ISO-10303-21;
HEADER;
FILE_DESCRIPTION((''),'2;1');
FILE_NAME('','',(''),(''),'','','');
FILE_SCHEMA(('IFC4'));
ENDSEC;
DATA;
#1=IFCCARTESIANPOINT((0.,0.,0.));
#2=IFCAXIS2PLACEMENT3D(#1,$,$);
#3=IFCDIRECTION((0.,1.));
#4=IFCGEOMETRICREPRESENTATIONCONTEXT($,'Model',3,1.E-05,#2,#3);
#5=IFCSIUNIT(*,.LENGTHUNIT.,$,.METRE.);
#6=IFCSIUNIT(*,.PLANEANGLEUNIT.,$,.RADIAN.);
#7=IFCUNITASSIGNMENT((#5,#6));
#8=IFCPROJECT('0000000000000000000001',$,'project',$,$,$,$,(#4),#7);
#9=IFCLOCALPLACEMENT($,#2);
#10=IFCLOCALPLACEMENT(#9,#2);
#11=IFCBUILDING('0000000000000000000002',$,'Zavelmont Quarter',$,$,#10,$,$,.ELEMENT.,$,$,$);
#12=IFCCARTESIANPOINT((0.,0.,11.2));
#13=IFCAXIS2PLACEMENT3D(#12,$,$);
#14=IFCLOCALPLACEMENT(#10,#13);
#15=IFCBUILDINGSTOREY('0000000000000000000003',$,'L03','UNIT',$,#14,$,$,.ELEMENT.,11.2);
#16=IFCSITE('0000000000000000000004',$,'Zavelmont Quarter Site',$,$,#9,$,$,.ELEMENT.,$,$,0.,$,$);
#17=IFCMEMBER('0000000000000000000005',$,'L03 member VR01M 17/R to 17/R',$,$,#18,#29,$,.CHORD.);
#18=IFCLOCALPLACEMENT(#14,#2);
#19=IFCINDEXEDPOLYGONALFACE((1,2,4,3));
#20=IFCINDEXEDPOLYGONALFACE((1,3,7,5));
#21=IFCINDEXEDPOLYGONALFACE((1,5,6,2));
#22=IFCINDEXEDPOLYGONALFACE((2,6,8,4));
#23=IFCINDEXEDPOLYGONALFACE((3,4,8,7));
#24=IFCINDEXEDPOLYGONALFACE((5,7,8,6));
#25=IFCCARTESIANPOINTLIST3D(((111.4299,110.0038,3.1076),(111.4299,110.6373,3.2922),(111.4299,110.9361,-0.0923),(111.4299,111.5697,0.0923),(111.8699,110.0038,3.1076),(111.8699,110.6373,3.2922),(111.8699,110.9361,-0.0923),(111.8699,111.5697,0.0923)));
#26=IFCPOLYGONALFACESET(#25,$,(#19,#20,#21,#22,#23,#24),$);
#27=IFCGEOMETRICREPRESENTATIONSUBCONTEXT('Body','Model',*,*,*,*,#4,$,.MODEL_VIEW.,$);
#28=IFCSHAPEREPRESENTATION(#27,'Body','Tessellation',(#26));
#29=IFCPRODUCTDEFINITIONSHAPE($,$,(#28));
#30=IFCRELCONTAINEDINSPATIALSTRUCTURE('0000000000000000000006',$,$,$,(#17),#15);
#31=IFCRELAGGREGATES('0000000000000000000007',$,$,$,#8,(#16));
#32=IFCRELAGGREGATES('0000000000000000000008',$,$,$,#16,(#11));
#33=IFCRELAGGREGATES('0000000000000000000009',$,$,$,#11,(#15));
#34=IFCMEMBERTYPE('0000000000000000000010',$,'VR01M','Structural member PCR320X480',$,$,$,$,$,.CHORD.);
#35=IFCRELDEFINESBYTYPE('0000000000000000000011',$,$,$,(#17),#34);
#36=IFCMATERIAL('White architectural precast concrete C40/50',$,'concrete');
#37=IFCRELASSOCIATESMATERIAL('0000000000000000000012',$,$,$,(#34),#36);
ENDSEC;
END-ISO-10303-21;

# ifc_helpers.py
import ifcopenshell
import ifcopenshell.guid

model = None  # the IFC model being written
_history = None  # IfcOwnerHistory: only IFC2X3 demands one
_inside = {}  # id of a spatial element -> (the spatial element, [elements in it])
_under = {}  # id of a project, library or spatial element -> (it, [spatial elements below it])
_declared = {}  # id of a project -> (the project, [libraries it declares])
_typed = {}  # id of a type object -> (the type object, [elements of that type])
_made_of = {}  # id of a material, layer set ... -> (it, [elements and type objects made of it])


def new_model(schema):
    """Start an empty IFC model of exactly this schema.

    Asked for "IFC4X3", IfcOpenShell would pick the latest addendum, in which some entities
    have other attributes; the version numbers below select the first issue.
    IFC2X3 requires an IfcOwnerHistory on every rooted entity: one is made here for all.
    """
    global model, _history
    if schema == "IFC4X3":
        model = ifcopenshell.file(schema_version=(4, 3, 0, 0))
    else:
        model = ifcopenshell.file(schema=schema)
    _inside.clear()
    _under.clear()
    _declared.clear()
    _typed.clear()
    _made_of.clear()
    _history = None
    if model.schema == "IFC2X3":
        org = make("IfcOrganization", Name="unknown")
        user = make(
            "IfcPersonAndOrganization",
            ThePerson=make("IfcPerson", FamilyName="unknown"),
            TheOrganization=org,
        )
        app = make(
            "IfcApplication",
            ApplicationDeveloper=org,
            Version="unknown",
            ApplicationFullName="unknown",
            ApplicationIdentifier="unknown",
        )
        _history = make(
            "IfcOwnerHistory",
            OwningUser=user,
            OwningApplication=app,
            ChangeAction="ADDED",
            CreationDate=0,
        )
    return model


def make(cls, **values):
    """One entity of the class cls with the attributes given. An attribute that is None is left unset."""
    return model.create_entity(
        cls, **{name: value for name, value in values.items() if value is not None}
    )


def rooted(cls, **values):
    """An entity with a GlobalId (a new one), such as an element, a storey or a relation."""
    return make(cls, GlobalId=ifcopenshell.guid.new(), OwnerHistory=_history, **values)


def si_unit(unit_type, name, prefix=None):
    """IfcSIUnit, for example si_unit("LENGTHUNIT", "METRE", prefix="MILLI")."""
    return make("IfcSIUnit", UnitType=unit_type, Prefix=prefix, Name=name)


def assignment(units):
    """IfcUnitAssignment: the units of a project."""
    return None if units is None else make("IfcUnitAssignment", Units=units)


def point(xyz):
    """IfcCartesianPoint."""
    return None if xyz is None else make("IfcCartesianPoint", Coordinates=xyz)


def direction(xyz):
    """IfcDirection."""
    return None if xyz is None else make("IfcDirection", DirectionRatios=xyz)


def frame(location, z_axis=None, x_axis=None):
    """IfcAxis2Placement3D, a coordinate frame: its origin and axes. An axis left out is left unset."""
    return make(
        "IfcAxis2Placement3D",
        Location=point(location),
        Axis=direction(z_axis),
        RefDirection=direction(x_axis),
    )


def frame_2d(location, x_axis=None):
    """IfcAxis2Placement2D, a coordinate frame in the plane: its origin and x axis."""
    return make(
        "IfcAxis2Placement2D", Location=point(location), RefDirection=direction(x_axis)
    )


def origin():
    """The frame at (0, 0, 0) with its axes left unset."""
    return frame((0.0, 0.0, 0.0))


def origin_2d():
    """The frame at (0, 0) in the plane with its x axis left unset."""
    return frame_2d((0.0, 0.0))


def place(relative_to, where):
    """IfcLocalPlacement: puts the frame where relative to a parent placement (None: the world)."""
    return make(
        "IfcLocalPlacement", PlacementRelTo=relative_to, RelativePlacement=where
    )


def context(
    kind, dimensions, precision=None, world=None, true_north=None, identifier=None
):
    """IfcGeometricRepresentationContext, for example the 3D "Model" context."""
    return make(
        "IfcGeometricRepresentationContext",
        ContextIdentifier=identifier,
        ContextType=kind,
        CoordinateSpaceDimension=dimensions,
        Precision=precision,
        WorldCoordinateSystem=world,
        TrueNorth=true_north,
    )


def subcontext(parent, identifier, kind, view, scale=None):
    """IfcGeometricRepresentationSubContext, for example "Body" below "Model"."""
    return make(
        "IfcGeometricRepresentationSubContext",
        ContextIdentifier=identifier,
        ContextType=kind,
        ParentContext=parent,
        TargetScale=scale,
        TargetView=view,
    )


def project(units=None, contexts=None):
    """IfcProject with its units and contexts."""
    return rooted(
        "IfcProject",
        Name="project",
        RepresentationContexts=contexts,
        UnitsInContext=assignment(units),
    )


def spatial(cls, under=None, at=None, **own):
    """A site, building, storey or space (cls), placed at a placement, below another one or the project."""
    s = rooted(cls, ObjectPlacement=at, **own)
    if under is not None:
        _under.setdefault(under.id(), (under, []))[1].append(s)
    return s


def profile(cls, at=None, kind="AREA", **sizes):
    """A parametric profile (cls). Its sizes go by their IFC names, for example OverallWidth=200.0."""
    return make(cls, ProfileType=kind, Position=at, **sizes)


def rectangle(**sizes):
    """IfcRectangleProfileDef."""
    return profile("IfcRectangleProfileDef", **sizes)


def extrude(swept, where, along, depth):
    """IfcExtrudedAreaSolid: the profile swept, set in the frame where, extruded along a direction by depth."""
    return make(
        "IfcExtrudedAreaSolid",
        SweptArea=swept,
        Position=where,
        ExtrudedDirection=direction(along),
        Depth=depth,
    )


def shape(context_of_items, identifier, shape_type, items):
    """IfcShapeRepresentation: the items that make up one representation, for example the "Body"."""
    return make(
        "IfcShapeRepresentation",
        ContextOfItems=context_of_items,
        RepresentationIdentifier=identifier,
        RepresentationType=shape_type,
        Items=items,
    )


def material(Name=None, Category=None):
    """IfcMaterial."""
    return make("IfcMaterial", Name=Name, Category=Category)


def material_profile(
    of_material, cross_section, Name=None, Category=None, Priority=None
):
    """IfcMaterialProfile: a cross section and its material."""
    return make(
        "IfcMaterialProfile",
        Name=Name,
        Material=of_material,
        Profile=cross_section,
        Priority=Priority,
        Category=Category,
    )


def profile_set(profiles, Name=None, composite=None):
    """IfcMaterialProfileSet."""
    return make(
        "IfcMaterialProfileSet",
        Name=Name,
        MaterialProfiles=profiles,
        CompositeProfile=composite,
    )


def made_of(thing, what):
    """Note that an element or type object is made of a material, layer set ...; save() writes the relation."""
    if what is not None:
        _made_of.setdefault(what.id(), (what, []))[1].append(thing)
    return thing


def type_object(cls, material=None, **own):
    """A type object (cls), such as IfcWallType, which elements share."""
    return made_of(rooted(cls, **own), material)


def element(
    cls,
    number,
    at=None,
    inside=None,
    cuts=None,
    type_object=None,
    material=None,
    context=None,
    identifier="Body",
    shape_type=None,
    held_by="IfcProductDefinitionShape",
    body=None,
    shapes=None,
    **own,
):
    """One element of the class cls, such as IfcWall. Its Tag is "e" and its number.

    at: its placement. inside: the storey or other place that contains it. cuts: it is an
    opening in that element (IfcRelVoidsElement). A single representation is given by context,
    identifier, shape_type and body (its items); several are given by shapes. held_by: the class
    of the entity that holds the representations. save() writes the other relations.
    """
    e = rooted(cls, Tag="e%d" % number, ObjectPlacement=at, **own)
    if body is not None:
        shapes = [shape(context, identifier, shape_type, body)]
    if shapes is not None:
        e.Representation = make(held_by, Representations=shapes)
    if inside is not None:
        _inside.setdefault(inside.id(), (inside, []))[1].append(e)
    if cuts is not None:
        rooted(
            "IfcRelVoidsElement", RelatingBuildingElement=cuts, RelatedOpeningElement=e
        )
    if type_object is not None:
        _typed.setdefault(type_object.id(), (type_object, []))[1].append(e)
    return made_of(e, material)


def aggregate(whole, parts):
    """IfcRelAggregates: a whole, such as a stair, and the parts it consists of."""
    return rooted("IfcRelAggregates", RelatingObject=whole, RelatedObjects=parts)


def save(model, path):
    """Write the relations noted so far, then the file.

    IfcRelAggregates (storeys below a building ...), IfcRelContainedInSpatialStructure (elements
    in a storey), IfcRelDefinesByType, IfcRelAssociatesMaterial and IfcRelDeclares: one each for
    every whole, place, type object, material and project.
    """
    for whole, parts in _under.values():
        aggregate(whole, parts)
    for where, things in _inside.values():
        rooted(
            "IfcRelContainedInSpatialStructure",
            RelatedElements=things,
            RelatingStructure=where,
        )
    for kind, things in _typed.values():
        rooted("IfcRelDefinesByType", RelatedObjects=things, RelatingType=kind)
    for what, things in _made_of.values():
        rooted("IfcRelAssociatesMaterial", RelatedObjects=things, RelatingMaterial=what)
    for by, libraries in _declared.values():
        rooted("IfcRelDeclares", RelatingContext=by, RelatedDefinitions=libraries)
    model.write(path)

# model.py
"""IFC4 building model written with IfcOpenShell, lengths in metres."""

from ifc_helpers import new_model, si_unit, direction, frame, origin, origin_2d, place, context, subcontext, project, spatial, rectangle, extrude, material, material_profile, profile_set, type_object, element, save


model = new_model("IFC4")

# Units and contexts
model_context = context("Model", 3, precision=1e-05, world=origin(), true_north=direction((0.0, 1.0)))
body_context = subcontext(model_context, "Body", "Model", "MODEL_VIEW")
ifc_project = project(units=[si_unit("LENGTHUNIT", "METRE"), si_unit("PLANEANGLEUNIT", "RADIAN")], contexts=[model_context])

# Site, building, storey
site_placement = place(None, origin())
site = spatial("IfcSite", under=ifc_project, at=site_placement, Name="Zavelmont Quarter Site", CompositionType="ELEMENT", RefElevation=0.0)
building_placement = place(site_placement, origin())
building = spatial("IfcBuilding", under=site, at=building_placement, Name="Zavelmont Quarter", CompositionType="ELEMENT")
storey_placement = place(building_placement, frame((0.0, 0.0, 11.2)))
storey = spatial("IfcBuildingStorey", under=building, at=storey_placement, Name="L03", Description="UNIT", CompositionType="ELEMENT", Elevation=11.2)

# Member
ifc_material_1 = material(Name="White architectural precast concrete C40/50", Category="concrete")
ifc_material_profile = material_profile(ifc_material_1, rectangle(XDim=0.4399, YDim=0.6599, at=origin_2d()), Name="PCR320X480")
ifc_profile_set = profile_set([ifc_material_profile], Name="White architectural precast concrete C40/50")
member_type = type_object("IfcMemberType", Name="VR01M", Description="Structural member PCR320X480", PredefinedType="CHORD", material=ifc_profile_set)
member_placement = place(storey_placement, frame((111.6499, 111.2529, 0.0), z_axis=(0.0, -0.279738, 0.960076), x_axis=(1.0, 0.0, 0.0)))
element("IfcMember", 1, at=member_placement, inside=storey, type_object=member_type, Name="L03 member VR01M 17/R to 17/R", PredefinedType="CHORD", context=body_context, shape_type="SweptSolid", body=[
    extrude(rectangle(XDim=0.4399, YDim=0.6599, at=origin_2d()), origin(), (0.0, 0.0, 1.0), 3.333),
])

save(model, "model.ifc")
